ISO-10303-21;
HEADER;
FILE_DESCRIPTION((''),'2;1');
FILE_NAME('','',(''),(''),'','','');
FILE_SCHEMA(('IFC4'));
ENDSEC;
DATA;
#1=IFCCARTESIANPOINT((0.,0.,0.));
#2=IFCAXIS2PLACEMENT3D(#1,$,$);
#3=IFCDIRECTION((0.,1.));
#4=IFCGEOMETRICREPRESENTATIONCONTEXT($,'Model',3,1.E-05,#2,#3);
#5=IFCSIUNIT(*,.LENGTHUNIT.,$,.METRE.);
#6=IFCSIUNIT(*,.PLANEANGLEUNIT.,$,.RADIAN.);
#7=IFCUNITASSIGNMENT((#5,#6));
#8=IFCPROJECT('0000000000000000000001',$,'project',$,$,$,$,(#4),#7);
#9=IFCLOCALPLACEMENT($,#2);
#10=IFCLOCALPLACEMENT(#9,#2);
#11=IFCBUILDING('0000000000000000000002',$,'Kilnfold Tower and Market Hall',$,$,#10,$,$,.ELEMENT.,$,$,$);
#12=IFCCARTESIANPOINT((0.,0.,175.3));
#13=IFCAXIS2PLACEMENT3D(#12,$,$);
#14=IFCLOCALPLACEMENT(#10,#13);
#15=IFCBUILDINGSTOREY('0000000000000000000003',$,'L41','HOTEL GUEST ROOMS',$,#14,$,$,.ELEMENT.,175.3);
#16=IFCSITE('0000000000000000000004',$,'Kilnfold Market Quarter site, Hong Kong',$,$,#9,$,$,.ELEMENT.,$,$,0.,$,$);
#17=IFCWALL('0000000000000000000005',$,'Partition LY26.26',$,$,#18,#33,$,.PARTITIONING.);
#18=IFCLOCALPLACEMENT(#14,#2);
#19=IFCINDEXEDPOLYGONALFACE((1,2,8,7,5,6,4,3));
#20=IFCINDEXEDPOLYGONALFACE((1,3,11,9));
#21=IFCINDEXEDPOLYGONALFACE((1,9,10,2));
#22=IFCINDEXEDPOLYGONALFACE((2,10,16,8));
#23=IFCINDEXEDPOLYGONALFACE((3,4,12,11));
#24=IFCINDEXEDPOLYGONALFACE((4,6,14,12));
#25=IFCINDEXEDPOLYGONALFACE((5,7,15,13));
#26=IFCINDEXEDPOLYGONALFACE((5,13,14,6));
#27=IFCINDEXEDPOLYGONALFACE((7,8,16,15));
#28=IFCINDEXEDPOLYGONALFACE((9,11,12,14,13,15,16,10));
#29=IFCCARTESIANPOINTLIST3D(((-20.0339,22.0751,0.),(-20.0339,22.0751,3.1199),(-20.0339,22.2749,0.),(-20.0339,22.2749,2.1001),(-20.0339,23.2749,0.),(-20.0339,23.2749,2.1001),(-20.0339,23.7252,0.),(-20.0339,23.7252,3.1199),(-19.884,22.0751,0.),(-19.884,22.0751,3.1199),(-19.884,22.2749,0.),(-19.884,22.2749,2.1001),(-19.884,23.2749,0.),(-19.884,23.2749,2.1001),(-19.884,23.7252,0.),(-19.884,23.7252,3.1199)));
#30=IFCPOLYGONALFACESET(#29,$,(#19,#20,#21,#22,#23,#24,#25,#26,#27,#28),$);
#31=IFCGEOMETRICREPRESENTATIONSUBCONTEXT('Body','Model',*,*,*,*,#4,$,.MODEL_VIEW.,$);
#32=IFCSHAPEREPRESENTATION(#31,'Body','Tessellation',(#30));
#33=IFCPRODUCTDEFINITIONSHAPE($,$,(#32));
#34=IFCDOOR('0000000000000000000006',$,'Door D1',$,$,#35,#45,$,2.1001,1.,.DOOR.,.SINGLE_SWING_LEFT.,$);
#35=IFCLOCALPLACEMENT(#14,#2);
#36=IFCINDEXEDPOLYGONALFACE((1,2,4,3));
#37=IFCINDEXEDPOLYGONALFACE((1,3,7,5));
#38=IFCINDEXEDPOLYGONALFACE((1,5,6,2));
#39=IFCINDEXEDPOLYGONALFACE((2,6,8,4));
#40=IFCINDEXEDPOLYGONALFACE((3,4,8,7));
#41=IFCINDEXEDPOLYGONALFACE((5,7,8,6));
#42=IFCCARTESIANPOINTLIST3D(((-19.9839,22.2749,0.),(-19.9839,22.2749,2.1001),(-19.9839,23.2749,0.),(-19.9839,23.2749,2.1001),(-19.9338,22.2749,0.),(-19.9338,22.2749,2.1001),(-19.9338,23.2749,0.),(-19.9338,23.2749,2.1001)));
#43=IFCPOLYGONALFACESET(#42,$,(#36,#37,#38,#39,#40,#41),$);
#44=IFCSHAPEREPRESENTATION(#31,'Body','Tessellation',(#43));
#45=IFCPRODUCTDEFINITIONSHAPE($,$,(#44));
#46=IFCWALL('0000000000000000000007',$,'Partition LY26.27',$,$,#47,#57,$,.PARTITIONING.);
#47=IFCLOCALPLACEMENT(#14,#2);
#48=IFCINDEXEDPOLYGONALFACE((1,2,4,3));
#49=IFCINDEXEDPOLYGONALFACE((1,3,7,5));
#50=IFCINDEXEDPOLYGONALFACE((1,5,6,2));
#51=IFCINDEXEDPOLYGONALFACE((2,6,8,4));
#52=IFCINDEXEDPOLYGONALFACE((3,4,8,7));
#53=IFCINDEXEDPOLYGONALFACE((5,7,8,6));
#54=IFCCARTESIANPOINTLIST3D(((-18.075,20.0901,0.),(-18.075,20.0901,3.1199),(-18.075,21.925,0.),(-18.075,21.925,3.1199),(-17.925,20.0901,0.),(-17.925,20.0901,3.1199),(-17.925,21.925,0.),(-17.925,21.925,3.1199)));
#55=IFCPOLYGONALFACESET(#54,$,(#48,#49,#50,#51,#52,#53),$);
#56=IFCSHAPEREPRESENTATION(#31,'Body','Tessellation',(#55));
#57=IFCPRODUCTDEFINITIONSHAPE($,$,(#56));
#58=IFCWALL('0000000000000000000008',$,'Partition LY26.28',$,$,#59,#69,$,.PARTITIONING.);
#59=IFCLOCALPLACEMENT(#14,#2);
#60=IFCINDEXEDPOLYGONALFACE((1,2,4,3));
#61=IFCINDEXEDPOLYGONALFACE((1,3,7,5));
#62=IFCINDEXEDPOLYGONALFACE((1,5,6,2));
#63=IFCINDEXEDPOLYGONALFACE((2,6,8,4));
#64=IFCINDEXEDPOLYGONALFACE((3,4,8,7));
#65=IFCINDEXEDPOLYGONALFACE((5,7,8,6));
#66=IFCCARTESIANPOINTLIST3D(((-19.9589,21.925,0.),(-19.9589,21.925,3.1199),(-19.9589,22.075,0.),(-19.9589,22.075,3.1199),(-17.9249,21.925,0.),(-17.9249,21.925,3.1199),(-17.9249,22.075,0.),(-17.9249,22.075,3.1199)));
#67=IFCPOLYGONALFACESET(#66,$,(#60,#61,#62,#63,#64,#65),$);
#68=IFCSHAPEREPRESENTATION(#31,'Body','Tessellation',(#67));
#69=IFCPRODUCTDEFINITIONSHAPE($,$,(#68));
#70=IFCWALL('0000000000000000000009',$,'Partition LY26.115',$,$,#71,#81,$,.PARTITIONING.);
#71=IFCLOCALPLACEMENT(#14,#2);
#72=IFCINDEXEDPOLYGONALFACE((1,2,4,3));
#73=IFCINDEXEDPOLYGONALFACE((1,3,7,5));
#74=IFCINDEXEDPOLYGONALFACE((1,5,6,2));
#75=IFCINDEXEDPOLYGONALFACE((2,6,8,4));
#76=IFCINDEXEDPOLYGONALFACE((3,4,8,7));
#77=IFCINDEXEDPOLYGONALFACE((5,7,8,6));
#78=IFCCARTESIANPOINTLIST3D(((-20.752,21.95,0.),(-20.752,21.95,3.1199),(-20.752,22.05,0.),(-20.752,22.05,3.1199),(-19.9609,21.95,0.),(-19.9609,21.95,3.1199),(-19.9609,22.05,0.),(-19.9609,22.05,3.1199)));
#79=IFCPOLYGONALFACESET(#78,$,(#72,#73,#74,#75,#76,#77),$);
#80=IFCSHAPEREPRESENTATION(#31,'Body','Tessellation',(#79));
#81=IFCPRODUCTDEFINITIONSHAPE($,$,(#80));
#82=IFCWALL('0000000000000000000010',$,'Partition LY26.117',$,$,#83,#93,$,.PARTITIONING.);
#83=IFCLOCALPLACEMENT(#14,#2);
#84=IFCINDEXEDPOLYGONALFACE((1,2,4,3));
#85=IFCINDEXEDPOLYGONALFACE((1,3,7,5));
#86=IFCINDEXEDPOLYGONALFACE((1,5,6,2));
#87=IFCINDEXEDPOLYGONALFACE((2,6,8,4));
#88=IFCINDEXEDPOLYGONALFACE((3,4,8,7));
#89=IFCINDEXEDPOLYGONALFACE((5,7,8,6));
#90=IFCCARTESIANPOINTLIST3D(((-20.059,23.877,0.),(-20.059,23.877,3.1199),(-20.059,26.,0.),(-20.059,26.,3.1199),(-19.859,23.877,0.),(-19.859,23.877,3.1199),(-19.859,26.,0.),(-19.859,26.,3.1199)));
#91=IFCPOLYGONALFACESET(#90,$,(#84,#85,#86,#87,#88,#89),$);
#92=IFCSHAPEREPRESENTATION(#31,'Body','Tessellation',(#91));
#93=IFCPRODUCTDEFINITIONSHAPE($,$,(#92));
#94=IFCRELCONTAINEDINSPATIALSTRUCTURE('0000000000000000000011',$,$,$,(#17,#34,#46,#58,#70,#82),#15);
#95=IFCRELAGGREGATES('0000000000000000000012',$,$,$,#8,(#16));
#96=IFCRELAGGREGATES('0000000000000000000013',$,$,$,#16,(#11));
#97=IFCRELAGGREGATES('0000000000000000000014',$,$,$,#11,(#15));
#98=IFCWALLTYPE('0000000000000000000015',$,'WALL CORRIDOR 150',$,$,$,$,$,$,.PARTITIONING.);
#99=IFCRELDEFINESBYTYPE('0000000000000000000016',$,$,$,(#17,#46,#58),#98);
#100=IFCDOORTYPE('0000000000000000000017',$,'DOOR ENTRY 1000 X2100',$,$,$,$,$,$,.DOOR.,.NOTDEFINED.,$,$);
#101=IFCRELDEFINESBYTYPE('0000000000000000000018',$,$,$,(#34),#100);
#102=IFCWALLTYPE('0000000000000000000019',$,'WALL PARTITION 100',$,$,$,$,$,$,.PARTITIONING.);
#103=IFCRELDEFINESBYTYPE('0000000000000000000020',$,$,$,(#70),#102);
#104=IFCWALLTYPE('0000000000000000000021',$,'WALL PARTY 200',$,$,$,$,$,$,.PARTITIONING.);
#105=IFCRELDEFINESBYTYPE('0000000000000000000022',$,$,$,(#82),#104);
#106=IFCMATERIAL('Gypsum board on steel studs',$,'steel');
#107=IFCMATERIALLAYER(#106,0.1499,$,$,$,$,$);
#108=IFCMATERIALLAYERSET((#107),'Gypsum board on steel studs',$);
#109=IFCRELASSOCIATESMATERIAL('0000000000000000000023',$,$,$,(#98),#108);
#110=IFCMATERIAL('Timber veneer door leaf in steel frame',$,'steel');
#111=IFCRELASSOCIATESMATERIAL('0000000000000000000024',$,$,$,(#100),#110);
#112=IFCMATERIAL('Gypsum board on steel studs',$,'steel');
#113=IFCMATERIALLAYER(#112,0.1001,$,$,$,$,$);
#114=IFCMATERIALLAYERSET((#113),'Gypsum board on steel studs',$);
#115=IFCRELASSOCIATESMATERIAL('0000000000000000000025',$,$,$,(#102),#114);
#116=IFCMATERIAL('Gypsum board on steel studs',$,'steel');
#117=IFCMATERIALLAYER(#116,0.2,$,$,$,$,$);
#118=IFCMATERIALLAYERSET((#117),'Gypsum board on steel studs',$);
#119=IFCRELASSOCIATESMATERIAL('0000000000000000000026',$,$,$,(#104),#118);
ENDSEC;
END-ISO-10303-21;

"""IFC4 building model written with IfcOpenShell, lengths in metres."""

from ifc_helpers import new_model, si_unit, direction, frame, frame_2d, origin, place, context, subcontext, project, spatial, rectangle, extrude, material, layer, layer_set, type_object, element, fill, save


model = new_model("IFC4")

# Units and contexts
model_context = context("Model", 3, precision=1e-05, world=origin(), true_north=direction((0.0, 1.0)))
body_context = subcontext(model_context, "Body", "Model", "MODEL_VIEW")
ifc_project = project(units=[si_unit("LENGTHUNIT", "METRE"), si_unit("PLANEANGLEUNIT", "RADIAN")], contexts=[model_context])

# Site, building, storey
site_placement = place(None, origin())
site = spatial("IfcSite", under=ifc_project, at=site_placement, Name="Kilnfold Market Quarter site, Hong Kong", CompositionType="ELEMENT", RefElevation=0.0)
building_placement = place(site_placement, origin())
building = spatial("IfcBuilding", under=site, at=building_placement, Name="Kilnfold Tower and Market Hall", CompositionType="ELEMENT")
storey_placement = place(building_placement, frame((0.0, 0.0, 175.3)))
storey = spatial("IfcBuildingStorey", under=building, at=storey_placement, Name="L41", Description="HOTEL GUEST ROOMS", CompositionType="ELEMENT", Elevation=175.3)

# Wall, opening, door
ifc_material_1 = material(Name="Gypsum board on steel studs", Category="steel")
ifc_layer_1 = layer(ifc_material_1, 0.1499)
ifc_layer_set_1 = layer_set([ifc_layer_1], Name="Gypsum board on steel studs")
wall_type_1 = type_object("IfcWallType", Name="WALL CORRIDOR 150", PredefinedType="PARTITIONING", material=ifc_layer_set_1)
wall_1_placement = place(storey_placement, frame((-19.959, 22.075, 0.0), z_axis=(0.0, 0.0, 1.0), x_axis=(0.0, 1.0, 0.0)))
wall_1 = element("IfcWall", 1, at=wall_1_placement, inside=storey, type_object=wall_type_1, Name="Partition LY26.26", PredefinedType="PARTITIONING", context=body_context, shape_type="SweptSolid", body=[
    extrude(rectangle(XDim=1.6501, YDim=0.1499, at=frame_2d((0.8252, 0.0))), origin(), (0.0, 0.0, 1.0), 3.1199),
])
opening_1_placement = place(wall_1_placement, frame((0.2, 0.0, 0.0)))
opening_1 = element("IfcOpeningElement", 2, at=opening_1_placement, cuts=wall_1, PredefinedType="OPENING", context=body_context, shape_type="SweptSolid", body=[
    extrude(rectangle(XDim=1.0, YDim=2.1001, at=frame_2d((0.5, 1.05))), frame((0.0, 0.085, 0.0), z_axis=(0.0, -1.0, 0.0), x_axis=(1.0, 0.0, 0.0)), (0.0, 0.0, 1.0), 0.1699),
])
ifc_material_2 = material(Name="Timber veneer door leaf in steel frame", Category="steel")
door_type_1 = type_object("IfcDoorType", Name="DOOR ENTRY 1000 X2100", OperationType="NOTDEFINED", PredefinedType="DOOR", material=ifc_material_2)
door_1_placement = place(opening_1_placement, origin())
door_1 = element("IfcDoor", 3, at=door_1_placement, inside=storey, type_object=door_type_1, Name="Door D1", OperationType="SINGLE_SWING_LEFT", OverallHeight=2.1001, OverallWidth=1.0, PredefinedType="DOOR", context=body_context, shape_type="SweptSolid", body=[
    extrude(rectangle(XDim=1.0, YDim=2.1001, at=frame_2d((0.5, 1.05))), frame((0.0, 0.0249, 0.0), z_axis=(0.0, -1.0, 0.0), x_axis=(1.0, 0.0, 0.0)), (0.0, 0.0, 1.0), 0.05),
])
fill(opening_1, door_1)

# Walls
wall_2_placement = place(storey_placement, frame((-18.0, 20.0901, 0.0), z_axis=(0.0, 0.0, 1.0), x_axis=(0.0, 1.0, 0.0)))
element("IfcWall", 4, at=wall_2_placement, inside=storey, type_object=wall_type_1, Name="Partition LY26.27", PredefinedType="PARTITIONING", context=body_context, shape_type="SweptSolid", body=[
    extrude(rectangle(XDim=1.835, YDim=0.1499, at=frame_2d((0.9175, 0.0))), origin(), (0.0, 0.0, 1.0), 3.1199),
])
wall_3_placement = place(storey_placement, frame((-19.959, 22.0, 0.0), z_axis=(0.0, 0.0, 1.0), x_axis=(1.0, 0.0, 0.0)))
element("IfcWall", 5, at=wall_3_placement, inside=storey, type_object=wall_type_1, Name="Partition LY26.28", PredefinedType="PARTITIONING", context=body_context, shape_type="SweptSolid", body=[
    extrude(rectangle(XDim=2.0339, YDim=0.1499, at=frame_2d((1.0171, 0.0))), origin(), (0.0, 0.0, 1.0), 3.1199),
])

# Walls
ifc_material_3 = material(Name="Gypsum board on steel studs", Category="steel")
ifc_layer_2 = layer(ifc_material_3, 0.1001)
ifc_layer_set_2 = layer_set([ifc_layer_2], Name="Gypsum board on steel studs")
wall_type_2 = type_object("IfcWallType", Name="WALL PARTITION 100", PredefinedType="PARTITIONING", material=ifc_layer_set_2)
wall_4_placement = place(storey_placement, frame((-20.752, 22.0, 0.0), z_axis=(0.0, 0.0, 1.0), x_axis=(1.0, 0.0, 0.0)))
element("IfcWall", 6, at=wall_4_placement, inside=storey, type_object=wall_type_2, Name="Partition LY26.115", PredefinedType="PARTITIONING", context=body_context, shape_type="SweptSolid", body=[
    extrude(rectangle(XDim=0.791, YDim=0.1001, at=frame_2d((0.3955, 0.0))), origin(), (0.0, 0.0, 1.0), 3.1199),
])
ifc_material_4 = material(Name="Gypsum board on steel studs", Category="steel")
ifc_layer_3 = layer(ifc_material_4, 0.2)
ifc_layer_set_3 = layer_set([ifc_layer_3], Name="Gypsum board on steel studs")
wall_type_3 = type_object("IfcWallType", Name="WALL PARTY 200", PredefinedType="PARTITIONING", material=ifc_layer_set_3)
wall_5_placement = place(storey_placement, frame((-19.959, 23.877, 0.0), z_axis=(0.0, 0.0, 1.0), x_axis=(0.0, 1.0, 0.0)))
element("IfcWall", 7, at=wall_5_placement, inside=storey, type_object=wall_type_3, Name="Partition LY26.117", PredefinedType="PARTITIONING", context=body_context, shape_type="SweptSolid", body=[
    extrude(rectangle(XDim=2.123, YDim=0.2, at=frame_2d((1.0615, 0.0))), origin(), (0.0, 0.0, 1.0), 3.1199),
])

save(model, "model.ifc")
